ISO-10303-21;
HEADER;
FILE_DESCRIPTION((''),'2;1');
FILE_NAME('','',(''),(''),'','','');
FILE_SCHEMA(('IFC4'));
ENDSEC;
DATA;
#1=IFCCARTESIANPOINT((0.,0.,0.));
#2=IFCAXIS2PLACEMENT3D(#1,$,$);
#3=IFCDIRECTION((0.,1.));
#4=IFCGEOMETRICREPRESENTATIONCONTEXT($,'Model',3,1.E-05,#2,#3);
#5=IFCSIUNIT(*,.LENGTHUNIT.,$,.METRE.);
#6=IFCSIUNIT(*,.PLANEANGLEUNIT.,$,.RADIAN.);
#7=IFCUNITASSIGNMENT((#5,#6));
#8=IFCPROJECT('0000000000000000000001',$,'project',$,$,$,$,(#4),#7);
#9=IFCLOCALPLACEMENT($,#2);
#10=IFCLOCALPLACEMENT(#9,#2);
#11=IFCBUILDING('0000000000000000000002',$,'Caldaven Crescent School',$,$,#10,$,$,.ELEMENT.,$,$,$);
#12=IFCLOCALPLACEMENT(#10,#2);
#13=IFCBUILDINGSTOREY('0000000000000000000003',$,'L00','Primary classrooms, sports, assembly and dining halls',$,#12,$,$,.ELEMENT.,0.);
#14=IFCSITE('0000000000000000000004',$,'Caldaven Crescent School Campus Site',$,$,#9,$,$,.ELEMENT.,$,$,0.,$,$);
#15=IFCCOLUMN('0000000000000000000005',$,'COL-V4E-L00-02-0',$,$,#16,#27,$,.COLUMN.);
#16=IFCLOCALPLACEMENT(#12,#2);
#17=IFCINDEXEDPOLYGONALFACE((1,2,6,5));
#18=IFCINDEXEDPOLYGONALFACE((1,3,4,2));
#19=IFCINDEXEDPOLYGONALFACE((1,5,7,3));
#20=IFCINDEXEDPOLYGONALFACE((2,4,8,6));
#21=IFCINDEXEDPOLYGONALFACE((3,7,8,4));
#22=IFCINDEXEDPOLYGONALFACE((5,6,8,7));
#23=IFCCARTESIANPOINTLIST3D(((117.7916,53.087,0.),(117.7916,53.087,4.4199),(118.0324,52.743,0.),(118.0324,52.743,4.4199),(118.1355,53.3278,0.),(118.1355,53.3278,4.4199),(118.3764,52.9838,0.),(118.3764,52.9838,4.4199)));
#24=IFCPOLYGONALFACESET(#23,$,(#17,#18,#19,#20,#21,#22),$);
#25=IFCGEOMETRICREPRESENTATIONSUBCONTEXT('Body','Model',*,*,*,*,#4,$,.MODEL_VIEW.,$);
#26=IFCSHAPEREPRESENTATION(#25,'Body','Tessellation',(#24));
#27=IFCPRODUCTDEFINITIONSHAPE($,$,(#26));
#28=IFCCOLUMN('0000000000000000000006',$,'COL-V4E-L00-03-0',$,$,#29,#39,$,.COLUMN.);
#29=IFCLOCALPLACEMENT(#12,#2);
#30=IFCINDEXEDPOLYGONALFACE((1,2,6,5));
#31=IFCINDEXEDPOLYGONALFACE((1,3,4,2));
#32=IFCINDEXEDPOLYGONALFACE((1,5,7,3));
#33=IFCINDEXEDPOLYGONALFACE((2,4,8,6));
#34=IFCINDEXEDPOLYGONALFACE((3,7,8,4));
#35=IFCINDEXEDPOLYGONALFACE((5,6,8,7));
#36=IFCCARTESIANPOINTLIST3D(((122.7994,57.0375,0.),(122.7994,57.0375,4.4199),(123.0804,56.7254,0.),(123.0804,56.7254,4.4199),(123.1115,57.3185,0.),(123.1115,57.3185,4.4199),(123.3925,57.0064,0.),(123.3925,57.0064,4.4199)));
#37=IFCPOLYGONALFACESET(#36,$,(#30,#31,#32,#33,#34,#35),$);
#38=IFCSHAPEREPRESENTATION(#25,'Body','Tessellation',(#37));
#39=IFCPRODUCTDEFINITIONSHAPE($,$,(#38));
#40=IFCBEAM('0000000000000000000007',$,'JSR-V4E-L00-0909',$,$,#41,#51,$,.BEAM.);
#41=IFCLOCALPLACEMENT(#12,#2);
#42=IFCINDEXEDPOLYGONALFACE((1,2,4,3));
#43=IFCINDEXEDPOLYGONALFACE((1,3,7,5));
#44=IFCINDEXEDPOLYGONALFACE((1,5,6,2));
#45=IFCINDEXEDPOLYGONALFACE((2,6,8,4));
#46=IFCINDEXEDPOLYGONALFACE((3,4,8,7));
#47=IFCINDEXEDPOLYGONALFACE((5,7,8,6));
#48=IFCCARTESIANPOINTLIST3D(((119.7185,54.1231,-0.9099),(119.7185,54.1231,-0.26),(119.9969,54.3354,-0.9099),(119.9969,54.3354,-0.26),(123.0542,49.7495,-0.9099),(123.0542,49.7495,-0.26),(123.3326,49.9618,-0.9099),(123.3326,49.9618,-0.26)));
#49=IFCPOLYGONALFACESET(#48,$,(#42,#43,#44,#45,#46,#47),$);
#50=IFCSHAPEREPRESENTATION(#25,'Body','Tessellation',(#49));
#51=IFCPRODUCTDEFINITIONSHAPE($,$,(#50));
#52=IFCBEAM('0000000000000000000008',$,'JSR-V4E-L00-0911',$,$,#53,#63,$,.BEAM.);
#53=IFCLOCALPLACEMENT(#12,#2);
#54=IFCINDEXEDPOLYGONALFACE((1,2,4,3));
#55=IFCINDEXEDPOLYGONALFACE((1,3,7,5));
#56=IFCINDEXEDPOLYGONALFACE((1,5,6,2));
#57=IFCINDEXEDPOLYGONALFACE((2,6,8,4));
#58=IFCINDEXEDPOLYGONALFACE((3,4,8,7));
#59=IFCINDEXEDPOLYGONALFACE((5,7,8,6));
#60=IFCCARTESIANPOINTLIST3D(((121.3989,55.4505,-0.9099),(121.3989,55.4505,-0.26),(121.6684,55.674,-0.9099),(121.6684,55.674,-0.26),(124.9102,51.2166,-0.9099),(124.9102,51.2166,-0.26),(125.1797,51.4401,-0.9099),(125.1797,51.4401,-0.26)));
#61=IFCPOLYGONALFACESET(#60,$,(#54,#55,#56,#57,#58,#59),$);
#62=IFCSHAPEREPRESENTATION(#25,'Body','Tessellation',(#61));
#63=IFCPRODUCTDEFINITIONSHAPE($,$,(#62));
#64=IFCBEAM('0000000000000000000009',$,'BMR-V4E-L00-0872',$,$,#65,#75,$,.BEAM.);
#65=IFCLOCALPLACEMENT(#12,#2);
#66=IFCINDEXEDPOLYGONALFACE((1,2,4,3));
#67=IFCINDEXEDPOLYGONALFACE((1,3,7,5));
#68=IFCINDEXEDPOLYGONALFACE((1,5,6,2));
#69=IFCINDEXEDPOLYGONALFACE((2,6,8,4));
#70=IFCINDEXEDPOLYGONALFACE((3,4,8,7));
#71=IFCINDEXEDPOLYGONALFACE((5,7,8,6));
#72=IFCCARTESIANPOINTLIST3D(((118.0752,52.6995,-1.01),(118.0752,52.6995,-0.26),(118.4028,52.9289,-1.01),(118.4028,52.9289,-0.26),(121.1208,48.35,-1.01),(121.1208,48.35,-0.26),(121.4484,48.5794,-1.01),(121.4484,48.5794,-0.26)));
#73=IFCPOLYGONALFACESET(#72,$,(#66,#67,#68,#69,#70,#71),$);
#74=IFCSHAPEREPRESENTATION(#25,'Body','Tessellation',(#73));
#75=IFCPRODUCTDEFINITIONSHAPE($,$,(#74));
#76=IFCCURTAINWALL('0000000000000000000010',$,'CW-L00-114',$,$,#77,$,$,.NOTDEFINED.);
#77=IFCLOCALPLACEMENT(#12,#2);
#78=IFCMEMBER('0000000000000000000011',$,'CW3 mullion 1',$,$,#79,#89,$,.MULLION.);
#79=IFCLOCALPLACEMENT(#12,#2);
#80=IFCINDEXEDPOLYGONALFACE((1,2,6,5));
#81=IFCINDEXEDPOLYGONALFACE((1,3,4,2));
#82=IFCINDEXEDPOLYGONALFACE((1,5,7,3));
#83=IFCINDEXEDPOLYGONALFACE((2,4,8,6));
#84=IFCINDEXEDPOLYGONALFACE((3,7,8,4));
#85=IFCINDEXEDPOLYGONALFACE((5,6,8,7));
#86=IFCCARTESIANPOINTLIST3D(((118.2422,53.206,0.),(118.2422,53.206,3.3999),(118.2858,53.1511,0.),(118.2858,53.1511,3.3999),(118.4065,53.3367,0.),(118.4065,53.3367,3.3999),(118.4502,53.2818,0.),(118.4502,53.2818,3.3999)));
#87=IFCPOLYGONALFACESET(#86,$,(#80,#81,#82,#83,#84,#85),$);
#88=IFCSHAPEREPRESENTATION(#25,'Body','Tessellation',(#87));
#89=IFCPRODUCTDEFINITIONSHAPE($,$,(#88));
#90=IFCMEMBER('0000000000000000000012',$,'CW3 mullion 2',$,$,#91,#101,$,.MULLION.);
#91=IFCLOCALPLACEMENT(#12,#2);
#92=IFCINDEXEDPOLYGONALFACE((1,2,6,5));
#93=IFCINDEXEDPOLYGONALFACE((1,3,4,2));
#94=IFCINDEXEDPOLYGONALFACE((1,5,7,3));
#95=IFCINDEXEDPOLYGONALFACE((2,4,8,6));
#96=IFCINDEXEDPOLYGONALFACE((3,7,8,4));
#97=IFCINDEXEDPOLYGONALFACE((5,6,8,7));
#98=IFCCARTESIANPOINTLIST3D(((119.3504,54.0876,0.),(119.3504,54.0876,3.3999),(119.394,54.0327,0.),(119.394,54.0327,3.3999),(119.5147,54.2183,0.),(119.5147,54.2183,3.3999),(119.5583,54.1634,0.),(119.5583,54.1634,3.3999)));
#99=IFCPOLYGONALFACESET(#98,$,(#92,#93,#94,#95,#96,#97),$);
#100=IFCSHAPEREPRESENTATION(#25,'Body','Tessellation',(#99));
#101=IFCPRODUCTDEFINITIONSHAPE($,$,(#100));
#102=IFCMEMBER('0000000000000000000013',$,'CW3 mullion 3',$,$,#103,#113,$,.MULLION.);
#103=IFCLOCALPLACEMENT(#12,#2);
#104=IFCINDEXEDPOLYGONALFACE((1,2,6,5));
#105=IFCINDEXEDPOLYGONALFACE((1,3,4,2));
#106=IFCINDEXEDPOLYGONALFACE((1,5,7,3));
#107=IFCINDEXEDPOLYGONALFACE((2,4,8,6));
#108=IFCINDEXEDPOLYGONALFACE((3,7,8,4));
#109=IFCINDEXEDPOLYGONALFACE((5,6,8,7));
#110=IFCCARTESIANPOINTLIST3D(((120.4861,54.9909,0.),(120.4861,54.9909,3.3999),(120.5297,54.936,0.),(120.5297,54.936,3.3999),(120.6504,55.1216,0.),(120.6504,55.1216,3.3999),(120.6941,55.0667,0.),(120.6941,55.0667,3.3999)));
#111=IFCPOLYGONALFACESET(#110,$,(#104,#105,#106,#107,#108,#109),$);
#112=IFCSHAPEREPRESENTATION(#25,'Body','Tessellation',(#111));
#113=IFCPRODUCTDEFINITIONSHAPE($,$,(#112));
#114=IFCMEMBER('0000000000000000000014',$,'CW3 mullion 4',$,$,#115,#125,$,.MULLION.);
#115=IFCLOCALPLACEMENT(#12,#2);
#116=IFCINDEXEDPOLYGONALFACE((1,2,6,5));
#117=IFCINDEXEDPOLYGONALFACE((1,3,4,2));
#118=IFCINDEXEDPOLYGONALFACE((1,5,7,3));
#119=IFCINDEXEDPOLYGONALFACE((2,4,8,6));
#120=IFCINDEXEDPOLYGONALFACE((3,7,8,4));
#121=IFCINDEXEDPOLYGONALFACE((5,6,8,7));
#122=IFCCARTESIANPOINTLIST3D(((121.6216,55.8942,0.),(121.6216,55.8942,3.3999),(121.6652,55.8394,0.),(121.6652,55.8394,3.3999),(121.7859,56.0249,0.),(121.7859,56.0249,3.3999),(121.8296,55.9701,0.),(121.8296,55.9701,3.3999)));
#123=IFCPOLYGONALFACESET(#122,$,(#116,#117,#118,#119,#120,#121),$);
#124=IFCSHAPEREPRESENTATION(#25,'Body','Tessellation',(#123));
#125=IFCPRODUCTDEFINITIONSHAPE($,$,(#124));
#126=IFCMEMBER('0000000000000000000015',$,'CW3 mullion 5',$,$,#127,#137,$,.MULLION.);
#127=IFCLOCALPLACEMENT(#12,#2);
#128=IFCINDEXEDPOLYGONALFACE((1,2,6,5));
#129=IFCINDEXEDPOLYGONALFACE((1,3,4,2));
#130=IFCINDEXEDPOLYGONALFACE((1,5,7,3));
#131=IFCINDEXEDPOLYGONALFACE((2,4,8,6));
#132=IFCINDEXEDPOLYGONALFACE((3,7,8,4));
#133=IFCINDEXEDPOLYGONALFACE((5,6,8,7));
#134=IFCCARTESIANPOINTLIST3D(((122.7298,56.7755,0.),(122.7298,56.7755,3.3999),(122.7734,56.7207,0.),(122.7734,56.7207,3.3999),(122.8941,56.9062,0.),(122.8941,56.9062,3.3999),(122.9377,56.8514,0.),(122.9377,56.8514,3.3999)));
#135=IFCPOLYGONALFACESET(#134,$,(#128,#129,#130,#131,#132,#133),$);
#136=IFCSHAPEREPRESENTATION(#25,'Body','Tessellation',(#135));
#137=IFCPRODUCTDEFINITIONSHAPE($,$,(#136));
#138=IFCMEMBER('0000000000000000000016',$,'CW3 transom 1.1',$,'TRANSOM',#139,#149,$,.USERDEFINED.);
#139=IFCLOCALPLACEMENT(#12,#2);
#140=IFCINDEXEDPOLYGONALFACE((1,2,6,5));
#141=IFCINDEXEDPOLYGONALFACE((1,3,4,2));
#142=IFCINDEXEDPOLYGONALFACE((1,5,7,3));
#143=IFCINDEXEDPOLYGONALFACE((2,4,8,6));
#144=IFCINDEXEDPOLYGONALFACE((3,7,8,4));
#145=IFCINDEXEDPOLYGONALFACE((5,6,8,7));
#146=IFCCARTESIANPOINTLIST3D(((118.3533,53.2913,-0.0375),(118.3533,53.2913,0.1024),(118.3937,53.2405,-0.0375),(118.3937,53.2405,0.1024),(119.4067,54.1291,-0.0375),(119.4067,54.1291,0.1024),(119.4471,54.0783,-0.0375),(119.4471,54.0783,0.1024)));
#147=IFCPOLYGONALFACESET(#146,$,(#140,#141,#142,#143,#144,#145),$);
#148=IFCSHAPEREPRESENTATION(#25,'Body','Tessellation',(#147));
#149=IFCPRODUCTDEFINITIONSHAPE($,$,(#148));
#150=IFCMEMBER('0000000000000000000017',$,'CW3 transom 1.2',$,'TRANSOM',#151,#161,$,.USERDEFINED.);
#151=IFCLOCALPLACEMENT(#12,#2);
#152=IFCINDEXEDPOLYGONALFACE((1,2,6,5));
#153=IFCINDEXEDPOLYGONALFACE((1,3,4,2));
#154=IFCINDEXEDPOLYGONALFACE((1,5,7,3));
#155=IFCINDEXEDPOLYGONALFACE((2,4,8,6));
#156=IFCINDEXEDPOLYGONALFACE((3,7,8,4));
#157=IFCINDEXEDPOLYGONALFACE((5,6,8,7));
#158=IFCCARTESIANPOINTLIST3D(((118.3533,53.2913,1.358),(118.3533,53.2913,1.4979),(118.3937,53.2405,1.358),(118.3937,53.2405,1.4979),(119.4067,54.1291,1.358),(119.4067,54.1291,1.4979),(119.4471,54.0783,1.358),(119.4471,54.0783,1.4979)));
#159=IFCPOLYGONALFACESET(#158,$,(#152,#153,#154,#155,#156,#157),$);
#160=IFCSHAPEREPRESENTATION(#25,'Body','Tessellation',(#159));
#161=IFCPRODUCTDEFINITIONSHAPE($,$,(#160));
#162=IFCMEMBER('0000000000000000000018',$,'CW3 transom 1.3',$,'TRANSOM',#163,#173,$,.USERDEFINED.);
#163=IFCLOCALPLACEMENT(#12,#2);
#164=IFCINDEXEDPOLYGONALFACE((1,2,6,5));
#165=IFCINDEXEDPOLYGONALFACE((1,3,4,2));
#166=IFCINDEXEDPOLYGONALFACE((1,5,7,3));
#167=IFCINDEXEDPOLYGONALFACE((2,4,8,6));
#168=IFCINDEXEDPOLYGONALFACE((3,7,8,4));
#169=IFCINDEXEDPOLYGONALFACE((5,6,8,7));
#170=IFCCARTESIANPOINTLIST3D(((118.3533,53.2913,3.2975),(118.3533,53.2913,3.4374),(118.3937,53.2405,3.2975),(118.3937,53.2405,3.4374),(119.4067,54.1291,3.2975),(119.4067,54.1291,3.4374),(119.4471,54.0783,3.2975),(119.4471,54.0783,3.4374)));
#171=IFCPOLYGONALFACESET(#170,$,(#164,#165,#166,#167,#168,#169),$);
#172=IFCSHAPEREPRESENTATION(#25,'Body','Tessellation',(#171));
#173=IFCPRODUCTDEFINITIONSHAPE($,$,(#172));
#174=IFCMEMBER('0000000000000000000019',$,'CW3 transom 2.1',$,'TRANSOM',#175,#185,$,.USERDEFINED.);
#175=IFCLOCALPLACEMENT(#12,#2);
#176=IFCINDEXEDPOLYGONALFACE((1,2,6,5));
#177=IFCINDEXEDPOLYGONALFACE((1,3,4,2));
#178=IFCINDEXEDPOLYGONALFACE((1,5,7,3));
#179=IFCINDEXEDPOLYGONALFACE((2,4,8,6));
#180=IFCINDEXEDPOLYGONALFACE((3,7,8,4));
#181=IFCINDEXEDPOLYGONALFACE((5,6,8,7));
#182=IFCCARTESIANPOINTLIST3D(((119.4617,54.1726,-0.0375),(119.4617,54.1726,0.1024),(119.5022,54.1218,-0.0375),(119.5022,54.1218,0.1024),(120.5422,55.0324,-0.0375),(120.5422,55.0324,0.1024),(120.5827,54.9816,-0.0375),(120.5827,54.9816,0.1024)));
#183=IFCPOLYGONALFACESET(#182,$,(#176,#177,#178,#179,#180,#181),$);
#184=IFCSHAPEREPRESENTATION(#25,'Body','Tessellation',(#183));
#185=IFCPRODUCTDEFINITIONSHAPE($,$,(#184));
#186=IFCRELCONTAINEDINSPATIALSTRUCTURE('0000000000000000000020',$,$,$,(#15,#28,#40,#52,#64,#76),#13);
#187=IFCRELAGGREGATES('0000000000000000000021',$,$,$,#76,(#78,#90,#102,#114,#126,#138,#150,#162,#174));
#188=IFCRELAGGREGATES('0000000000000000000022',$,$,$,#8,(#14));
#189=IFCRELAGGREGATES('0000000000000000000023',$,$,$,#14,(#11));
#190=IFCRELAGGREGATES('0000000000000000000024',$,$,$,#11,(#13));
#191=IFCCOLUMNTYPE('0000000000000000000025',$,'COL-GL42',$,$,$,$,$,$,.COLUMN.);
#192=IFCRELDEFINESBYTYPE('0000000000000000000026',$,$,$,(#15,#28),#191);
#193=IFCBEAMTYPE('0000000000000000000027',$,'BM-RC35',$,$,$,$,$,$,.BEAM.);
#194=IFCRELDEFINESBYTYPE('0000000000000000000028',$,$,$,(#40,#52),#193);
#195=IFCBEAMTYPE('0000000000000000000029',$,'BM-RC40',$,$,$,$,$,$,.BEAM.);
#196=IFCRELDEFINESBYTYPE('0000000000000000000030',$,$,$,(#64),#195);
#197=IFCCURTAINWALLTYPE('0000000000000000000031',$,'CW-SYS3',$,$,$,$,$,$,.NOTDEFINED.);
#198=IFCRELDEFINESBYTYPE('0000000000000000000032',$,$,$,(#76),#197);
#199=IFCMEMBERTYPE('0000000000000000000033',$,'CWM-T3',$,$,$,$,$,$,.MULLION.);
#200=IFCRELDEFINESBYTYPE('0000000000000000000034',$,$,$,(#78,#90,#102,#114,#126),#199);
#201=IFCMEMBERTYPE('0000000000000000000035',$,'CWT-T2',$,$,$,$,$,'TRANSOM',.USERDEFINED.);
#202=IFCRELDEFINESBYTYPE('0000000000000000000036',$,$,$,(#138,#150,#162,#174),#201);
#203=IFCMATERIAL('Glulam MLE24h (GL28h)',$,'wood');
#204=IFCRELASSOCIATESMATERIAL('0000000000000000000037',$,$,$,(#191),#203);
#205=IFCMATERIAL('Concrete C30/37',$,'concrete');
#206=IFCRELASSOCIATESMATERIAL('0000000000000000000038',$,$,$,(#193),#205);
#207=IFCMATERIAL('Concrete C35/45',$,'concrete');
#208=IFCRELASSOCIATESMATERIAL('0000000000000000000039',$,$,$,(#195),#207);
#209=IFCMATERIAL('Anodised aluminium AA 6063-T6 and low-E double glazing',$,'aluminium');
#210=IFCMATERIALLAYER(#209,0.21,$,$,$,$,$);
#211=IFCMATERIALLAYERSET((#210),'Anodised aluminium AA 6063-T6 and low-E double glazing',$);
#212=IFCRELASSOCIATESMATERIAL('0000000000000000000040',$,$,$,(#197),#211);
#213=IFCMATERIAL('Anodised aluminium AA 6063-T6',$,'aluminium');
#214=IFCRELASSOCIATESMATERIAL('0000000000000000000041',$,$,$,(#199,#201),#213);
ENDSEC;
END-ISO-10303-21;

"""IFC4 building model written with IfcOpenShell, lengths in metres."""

from ifc_helpers import new_model, si_unit, direction, frame, origin, origin_2d, place, context, subcontext, project, spatial, rectangle, extrude, material, layer, layer_set, material_profile, profile_set, type_object, element, aggregate, save


model = new_model("IFC4")

# Units and contexts
model_context = context("Model", 3, precision=1e-05, world=origin(), true_north=direction((0.0, 1.0)))
body_context = subcontext(model_context, "Body", "Model", "MODEL_VIEW")
ifc_project = project(units=[si_unit("LENGTHUNIT", "METRE"), si_unit("PLANEANGLEUNIT", "RADIAN")], contexts=[model_context])

# Site, building, storey
site_placement = place(None, origin())
site = spatial("IfcSite", under=ifc_project, at=site_placement, Name="Caldaven Crescent School Campus Site", CompositionType="ELEMENT", RefElevation=0.0)
building_placement = place(site_placement, origin())
building = spatial("IfcBuilding", under=site, at=building_placement, Name="Caldaven Crescent School", CompositionType="ELEMENT")
storey_placement = place(building_placement, origin())
storey = spatial("IfcBuildingStorey", under=building, at=storey_placement, Name="L00", Description="Primary classrooms, sports, assembly and dining halls", CompositionType="ELEMENT", Elevation=0.0)

# Columns
ifc_material_1 = material(Name="Glulam MLE24h (GL28h)", Category="wood")
ifc_material_profile_1 = material_profile(ifc_material_1, rectangle(XDim=0.4199, YDim=0.4199, at=origin_2d()), Name="MLE 420x420")
ifc_profile_set_1 = profile_set([ifc_material_profile_1], Name="Glulam MLE24h (GL28h)")
column_type = type_object("IfcColumnType", Name="COL-GL42", PredefinedType="COLUMN", material=ifc_profile_set_1)
for number, where, z_axis, x_axis, name in (
    (1, (118.084, 53.0354, 0.0), (0.0, 0.0, 1.0), (0.573576, -0.819152, 0.0), "COL-V4E-L00-02-0"),
    (2, (123.0959, 57.022, 0.0), (0.0, 0.0, 1.0), (0.669131, -0.743145, 0.0), "COL-V4E-L00-03-0"),
):
    element("IfcColumn", number, at=place(storey_placement, frame(where, z_axis=z_axis, x_axis=x_axis)), inside=storey, type_object=column_type, Name=name, PredefinedType="COLUMN", context=body_context, shape_type="SweptSolid", body=[
        extrude(rectangle(XDim=0.4199, YDim=0.4199, at=origin_2d()), origin(), (0.0, 0.0, 1.0), 4.4199),
    ])

# Beams
ifc_material_2 = material(Name="Concrete C30/37", Category="concrete")
ifc_material_profile_2 = material_profile(ifc_material_2, rectangle(XDim=0.3501, YDim=0.6499, at=origin_2d()), Name="RC 350x650")
ifc_profile_set_2 = profile_set([ifc_material_profile_2], Name="Concrete C30/37")
beam_type_1 = type_object("IfcBeamType", Name="BM-RC35", PredefinedType="BEAM", material=ifc_profile_set_2)
for number, where, z_axis, x_axis, name in (
    (3, (119.8577, 54.2292, -0.585), (0.606443, -0.795127, 0.0), (0.795127, 0.606443, 0.0), "JSR-V4E-L00-0909"),
    (4, (121.5337, 55.5623, -0.585), (0.638358, -0.76974, 0.0), (0.76974, 0.638358, 0.0), "JSR-V4E-L00-0911"),
):
    element("IfcBeam", number, at=place(storey_placement, frame(where, z_axis=z_axis, x_axis=x_axis)), inside=storey, type_object=beam_type_1, Name=name, PredefinedType="BEAM", context=body_context, shape_type="SweptSolid", body=[
        extrude(rectangle(XDim=0.3501, YDim=0.6499, at=origin_2d()), origin(), (0.0, 0.0, 1.0), 5.5005),
    ])
ifc_material_3 = material(Name="Concrete C35/45", Category="concrete")
ifc_material_profile_3 = material_profile(ifc_material_3, rectangle(XDim=0.3999, YDim=0.75, at=origin_2d()), Name="RC 400x750")
ifc_profile_set_3 = profile_set([ifc_material_profile_3], Name="Concrete C35/45")
beam_type_2 = type_object("IfcBeamType", Name="BM-RC40", PredefinedType="BEAM", material=ifc_profile_set_3)
beam_1_placement = place(storey_placement, frame((118.239, 52.8142, -0.635), z_axis=(0.57358, -0.81915, 0.0), x_axis=(0.81915, 0.57358, 0.0)))
element("IfcBeam", 5, at=beam_1_placement, inside=storey, type_object=beam_type_2, Name="BMR-V4E-L00-0872", PredefinedType="BEAM", context=body_context, shape_type="SweptSolid", body=[
    extrude(rectangle(XDim=0.3999, YDim=0.75, at=origin_2d()), origin(), (0.0, 0.0, 1.0), 5.3098),
])

# Curtain wall, members
ifc_material_4 = material(Name="Anodised aluminium AA 6063-T6 and low-E double glazing", Category="aluminium")
ifc_layer_1 = layer(ifc_material_4, 0.21)
ifc_layer_set_1 = layer_set([ifc_layer_1], Name="Anodised aluminium AA 6063-T6 and low-E double glazing")
curtain_wall_type = type_object("IfcCurtainWallType", Name="CW-SYS3", PredefinedType="NOTDEFINED", material=ifc_layer_set_1)
curtain_wall_placement = place(storey_placement, origin())
curtain_wall = element("IfcCurtainWall", 6, at=curtain_wall_placement, inside=storey, type_object=curtain_wall_type, Name="CW-L00-114", PredefinedType="NOTDEFINED")
ifc_material_5 = material(Name="Anodised aluminium AA 6063-T6", Category="aluminium")
ifc_material_profile_4 = material_profile(ifc_material_5, rectangle(XDim=0.0701, YDim=0.21, at=origin_2d()), Name="CWM 70x210")
ifc_profile_set_4 = profile_set([ifc_material_profile_4], Name="Anodised aluminium AA 6063-T6")
member_type_1 = type_object("IfcMemberType", Name="CWM-T3", PredefinedType="MULLION", material=ifc_profile_set_4)
member_1_placement = place(storey_placement, frame((118.3462, 53.2439, 0.0), z_axis=(0.0, 0.0, 1.0), x_axis=(-0.622515, 0.782608, 0.0)))
member_1 = element("IfcMember", 7, at=member_1_placement, type_object=member_type_1, Name="CW3 mullion 1", PredefinedType="MULLION", context=body_context, shape_type="SweptSolid", body=[
    extrude(rectangle(XDim=0.0701, YDim=0.21, at=origin_2d()), origin(), (0.0, 0.0, 1.0), 3.3999),
])
member_2_placement = place(storey_placement, frame((119.4543, 54.1255, 0.0), z_axis=(0.0, 0.0, 1.0), x_axis=(-0.622515, 0.782608, 0.0)))
member_2 = element("IfcMember", 8, at=member_2_placement, type_object=member_type_1, Name="CW3 mullion 2", PredefinedType="MULLION", context=body_context, shape_type="SweptSolid", body=[
    extrude(rectangle(XDim=0.0701, YDim=0.21, at=origin_2d()), origin(), (0.0, 0.0, 1.0), 3.3999),
])
member_3_placement = place(storey_placement, frame((120.5901, 55.0288, 0.0), z_axis=(0.0, 0.0, 1.0), x_axis=(-0.622515, 0.782608, 0.0)))
member_3 = element("IfcMember", 9, at=member_3_placement, type_object=member_type_1, Name="CW3 mullion 3", PredefinedType="MULLION", context=body_context, shape_type="SweptSolid", body=[
    extrude(rectangle(XDim=0.0701, YDim=0.21, at=origin_2d()), origin(), (0.0, 0.0, 1.0), 3.3999),
])
member_4_placement = place(storey_placement, frame((121.7256, 55.9321, 0.0), z_axis=(0.0, 0.0, 1.0), x_axis=(-0.622515, 0.782608, 0.0)))
member_4 = element("IfcMember", 10, at=member_4_placement, type_object=member_type_1, Name="CW3 mullion 4", PredefinedType="MULLION", context=body_context, shape_type="SweptSolid", body=[
    extrude(rectangle(XDim=0.0701, YDim=0.21, at=origin_2d()), origin(), (0.0, 0.0, 1.0), 3.3999),
])
member_5_placement = place(storey_placement, frame((122.8337, 56.8135, 0.0), z_axis=(0.0, 0.0, 1.0), x_axis=(-0.622515, 0.782608, 0.0)))
member_5 = element("IfcMember", 11, at=member_5_placement, type_object=member_type_1, Name="CW3 mullion 5", PredefinedType="MULLION", context=body_context, shape_type="SweptSolid", body=[
    extrude(rectangle(XDim=0.0701, YDim=0.21, at=origin_2d()), origin(), (0.0, 0.0, 1.0), 3.3999),
])
ifc_material_profile_5 = material_profile(ifc_material_5, rectangle(XDim=0.0649, YDim=0.1399, at=origin_2d()), Name="CWT 65x140")
ifc_profile_set_5 = profile_set([ifc_material_profile_5], Name="Anodised aluminium AA 6063-T6")
member_type_2 = type_object("IfcMemberType", Name="CWT-T2", ElementType="TRANSOM", PredefinedType="USERDEFINED", material=ifc_profile_set_5)
member_6_placement = place(storey_placement, frame((118.3735, 53.2659, 0.0325), z_axis=(0.782635, 0.622481, 0.0), x_axis=(-0.622481, 0.782635, 0.0)))
member_6 = element("IfcMember", 12, at=member_6_placement, type_object=member_type_2, Name="CW3 transom 1.1", ObjectType="TRANSOM", PredefinedType="USERDEFINED", context=body_context, shape_type="SweptSolid", body=[
    extrude(rectangle(XDim=0.0649, YDim=0.1399, at=origin_2d()), origin(), (0.0, 0.0, 1.0), 1.3459),
])
member_7_placement = place(storey_placement, frame((118.3735, 53.2659, 1.428), z_axis=(0.782635, 0.622481, 0.0), x_axis=(-0.622481, 0.782635, 0.0)))
member_7 = element("IfcMember", 13, at=member_7_placement, type_object=member_type_2, Name="CW3 transom 1.2", ObjectType="TRANSOM", PredefinedType="USERDEFINED", context=body_context, shape_type="SweptSolid", body=[
    extrude(rectangle(XDim=0.0649, YDim=0.1399, at=origin_2d()), origin(), (0.0, 0.0, 1.0), 1.3459),
])
member_8_placement = place(storey_placement, frame((118.3735, 53.2659, 3.3674), z_axis=(0.782635, 0.622481, 0.0), x_axis=(-0.622481, 0.782635, 0.0)))
member_8 = element("IfcMember", 14, at=member_8_placement, type_object=member_type_2, Name="CW3 transom 1.3", ObjectType="TRANSOM", PredefinedType="USERDEFINED", context=body_context, shape_type="SweptSolid", body=[
    extrude(rectangle(XDim=0.0649, YDim=0.1399, at=origin_2d()), origin(), (0.0, 0.0, 1.0), 1.3459),
])
member_9_placement = place(storey_placement, frame((119.4819, 54.1472, 0.0325), z_axis=(0.782488, 0.622666, 0.0), x_axis=(-0.622666, 0.782488, 0.0)))
member_9 = element("IfcMember", 15, at=member_9_placement, type_object=member_type_2, Name="CW3 transom 2.1", ObjectType="TRANSOM", PredefinedType="USERDEFINED", context=body_context, shape_type="SweptSolid", body=[
    extrude(rectangle(XDim=0.0649, YDim=0.1399, at=origin_2d()), origin(), (0.0, 0.0, 1.0), 1.3809),
])

aggregate(curtain_wall, [member_1, member_2, member_3, member_4, member_5, member_6, member_7, member_8, member_9])

save(model, "model.ifc")
